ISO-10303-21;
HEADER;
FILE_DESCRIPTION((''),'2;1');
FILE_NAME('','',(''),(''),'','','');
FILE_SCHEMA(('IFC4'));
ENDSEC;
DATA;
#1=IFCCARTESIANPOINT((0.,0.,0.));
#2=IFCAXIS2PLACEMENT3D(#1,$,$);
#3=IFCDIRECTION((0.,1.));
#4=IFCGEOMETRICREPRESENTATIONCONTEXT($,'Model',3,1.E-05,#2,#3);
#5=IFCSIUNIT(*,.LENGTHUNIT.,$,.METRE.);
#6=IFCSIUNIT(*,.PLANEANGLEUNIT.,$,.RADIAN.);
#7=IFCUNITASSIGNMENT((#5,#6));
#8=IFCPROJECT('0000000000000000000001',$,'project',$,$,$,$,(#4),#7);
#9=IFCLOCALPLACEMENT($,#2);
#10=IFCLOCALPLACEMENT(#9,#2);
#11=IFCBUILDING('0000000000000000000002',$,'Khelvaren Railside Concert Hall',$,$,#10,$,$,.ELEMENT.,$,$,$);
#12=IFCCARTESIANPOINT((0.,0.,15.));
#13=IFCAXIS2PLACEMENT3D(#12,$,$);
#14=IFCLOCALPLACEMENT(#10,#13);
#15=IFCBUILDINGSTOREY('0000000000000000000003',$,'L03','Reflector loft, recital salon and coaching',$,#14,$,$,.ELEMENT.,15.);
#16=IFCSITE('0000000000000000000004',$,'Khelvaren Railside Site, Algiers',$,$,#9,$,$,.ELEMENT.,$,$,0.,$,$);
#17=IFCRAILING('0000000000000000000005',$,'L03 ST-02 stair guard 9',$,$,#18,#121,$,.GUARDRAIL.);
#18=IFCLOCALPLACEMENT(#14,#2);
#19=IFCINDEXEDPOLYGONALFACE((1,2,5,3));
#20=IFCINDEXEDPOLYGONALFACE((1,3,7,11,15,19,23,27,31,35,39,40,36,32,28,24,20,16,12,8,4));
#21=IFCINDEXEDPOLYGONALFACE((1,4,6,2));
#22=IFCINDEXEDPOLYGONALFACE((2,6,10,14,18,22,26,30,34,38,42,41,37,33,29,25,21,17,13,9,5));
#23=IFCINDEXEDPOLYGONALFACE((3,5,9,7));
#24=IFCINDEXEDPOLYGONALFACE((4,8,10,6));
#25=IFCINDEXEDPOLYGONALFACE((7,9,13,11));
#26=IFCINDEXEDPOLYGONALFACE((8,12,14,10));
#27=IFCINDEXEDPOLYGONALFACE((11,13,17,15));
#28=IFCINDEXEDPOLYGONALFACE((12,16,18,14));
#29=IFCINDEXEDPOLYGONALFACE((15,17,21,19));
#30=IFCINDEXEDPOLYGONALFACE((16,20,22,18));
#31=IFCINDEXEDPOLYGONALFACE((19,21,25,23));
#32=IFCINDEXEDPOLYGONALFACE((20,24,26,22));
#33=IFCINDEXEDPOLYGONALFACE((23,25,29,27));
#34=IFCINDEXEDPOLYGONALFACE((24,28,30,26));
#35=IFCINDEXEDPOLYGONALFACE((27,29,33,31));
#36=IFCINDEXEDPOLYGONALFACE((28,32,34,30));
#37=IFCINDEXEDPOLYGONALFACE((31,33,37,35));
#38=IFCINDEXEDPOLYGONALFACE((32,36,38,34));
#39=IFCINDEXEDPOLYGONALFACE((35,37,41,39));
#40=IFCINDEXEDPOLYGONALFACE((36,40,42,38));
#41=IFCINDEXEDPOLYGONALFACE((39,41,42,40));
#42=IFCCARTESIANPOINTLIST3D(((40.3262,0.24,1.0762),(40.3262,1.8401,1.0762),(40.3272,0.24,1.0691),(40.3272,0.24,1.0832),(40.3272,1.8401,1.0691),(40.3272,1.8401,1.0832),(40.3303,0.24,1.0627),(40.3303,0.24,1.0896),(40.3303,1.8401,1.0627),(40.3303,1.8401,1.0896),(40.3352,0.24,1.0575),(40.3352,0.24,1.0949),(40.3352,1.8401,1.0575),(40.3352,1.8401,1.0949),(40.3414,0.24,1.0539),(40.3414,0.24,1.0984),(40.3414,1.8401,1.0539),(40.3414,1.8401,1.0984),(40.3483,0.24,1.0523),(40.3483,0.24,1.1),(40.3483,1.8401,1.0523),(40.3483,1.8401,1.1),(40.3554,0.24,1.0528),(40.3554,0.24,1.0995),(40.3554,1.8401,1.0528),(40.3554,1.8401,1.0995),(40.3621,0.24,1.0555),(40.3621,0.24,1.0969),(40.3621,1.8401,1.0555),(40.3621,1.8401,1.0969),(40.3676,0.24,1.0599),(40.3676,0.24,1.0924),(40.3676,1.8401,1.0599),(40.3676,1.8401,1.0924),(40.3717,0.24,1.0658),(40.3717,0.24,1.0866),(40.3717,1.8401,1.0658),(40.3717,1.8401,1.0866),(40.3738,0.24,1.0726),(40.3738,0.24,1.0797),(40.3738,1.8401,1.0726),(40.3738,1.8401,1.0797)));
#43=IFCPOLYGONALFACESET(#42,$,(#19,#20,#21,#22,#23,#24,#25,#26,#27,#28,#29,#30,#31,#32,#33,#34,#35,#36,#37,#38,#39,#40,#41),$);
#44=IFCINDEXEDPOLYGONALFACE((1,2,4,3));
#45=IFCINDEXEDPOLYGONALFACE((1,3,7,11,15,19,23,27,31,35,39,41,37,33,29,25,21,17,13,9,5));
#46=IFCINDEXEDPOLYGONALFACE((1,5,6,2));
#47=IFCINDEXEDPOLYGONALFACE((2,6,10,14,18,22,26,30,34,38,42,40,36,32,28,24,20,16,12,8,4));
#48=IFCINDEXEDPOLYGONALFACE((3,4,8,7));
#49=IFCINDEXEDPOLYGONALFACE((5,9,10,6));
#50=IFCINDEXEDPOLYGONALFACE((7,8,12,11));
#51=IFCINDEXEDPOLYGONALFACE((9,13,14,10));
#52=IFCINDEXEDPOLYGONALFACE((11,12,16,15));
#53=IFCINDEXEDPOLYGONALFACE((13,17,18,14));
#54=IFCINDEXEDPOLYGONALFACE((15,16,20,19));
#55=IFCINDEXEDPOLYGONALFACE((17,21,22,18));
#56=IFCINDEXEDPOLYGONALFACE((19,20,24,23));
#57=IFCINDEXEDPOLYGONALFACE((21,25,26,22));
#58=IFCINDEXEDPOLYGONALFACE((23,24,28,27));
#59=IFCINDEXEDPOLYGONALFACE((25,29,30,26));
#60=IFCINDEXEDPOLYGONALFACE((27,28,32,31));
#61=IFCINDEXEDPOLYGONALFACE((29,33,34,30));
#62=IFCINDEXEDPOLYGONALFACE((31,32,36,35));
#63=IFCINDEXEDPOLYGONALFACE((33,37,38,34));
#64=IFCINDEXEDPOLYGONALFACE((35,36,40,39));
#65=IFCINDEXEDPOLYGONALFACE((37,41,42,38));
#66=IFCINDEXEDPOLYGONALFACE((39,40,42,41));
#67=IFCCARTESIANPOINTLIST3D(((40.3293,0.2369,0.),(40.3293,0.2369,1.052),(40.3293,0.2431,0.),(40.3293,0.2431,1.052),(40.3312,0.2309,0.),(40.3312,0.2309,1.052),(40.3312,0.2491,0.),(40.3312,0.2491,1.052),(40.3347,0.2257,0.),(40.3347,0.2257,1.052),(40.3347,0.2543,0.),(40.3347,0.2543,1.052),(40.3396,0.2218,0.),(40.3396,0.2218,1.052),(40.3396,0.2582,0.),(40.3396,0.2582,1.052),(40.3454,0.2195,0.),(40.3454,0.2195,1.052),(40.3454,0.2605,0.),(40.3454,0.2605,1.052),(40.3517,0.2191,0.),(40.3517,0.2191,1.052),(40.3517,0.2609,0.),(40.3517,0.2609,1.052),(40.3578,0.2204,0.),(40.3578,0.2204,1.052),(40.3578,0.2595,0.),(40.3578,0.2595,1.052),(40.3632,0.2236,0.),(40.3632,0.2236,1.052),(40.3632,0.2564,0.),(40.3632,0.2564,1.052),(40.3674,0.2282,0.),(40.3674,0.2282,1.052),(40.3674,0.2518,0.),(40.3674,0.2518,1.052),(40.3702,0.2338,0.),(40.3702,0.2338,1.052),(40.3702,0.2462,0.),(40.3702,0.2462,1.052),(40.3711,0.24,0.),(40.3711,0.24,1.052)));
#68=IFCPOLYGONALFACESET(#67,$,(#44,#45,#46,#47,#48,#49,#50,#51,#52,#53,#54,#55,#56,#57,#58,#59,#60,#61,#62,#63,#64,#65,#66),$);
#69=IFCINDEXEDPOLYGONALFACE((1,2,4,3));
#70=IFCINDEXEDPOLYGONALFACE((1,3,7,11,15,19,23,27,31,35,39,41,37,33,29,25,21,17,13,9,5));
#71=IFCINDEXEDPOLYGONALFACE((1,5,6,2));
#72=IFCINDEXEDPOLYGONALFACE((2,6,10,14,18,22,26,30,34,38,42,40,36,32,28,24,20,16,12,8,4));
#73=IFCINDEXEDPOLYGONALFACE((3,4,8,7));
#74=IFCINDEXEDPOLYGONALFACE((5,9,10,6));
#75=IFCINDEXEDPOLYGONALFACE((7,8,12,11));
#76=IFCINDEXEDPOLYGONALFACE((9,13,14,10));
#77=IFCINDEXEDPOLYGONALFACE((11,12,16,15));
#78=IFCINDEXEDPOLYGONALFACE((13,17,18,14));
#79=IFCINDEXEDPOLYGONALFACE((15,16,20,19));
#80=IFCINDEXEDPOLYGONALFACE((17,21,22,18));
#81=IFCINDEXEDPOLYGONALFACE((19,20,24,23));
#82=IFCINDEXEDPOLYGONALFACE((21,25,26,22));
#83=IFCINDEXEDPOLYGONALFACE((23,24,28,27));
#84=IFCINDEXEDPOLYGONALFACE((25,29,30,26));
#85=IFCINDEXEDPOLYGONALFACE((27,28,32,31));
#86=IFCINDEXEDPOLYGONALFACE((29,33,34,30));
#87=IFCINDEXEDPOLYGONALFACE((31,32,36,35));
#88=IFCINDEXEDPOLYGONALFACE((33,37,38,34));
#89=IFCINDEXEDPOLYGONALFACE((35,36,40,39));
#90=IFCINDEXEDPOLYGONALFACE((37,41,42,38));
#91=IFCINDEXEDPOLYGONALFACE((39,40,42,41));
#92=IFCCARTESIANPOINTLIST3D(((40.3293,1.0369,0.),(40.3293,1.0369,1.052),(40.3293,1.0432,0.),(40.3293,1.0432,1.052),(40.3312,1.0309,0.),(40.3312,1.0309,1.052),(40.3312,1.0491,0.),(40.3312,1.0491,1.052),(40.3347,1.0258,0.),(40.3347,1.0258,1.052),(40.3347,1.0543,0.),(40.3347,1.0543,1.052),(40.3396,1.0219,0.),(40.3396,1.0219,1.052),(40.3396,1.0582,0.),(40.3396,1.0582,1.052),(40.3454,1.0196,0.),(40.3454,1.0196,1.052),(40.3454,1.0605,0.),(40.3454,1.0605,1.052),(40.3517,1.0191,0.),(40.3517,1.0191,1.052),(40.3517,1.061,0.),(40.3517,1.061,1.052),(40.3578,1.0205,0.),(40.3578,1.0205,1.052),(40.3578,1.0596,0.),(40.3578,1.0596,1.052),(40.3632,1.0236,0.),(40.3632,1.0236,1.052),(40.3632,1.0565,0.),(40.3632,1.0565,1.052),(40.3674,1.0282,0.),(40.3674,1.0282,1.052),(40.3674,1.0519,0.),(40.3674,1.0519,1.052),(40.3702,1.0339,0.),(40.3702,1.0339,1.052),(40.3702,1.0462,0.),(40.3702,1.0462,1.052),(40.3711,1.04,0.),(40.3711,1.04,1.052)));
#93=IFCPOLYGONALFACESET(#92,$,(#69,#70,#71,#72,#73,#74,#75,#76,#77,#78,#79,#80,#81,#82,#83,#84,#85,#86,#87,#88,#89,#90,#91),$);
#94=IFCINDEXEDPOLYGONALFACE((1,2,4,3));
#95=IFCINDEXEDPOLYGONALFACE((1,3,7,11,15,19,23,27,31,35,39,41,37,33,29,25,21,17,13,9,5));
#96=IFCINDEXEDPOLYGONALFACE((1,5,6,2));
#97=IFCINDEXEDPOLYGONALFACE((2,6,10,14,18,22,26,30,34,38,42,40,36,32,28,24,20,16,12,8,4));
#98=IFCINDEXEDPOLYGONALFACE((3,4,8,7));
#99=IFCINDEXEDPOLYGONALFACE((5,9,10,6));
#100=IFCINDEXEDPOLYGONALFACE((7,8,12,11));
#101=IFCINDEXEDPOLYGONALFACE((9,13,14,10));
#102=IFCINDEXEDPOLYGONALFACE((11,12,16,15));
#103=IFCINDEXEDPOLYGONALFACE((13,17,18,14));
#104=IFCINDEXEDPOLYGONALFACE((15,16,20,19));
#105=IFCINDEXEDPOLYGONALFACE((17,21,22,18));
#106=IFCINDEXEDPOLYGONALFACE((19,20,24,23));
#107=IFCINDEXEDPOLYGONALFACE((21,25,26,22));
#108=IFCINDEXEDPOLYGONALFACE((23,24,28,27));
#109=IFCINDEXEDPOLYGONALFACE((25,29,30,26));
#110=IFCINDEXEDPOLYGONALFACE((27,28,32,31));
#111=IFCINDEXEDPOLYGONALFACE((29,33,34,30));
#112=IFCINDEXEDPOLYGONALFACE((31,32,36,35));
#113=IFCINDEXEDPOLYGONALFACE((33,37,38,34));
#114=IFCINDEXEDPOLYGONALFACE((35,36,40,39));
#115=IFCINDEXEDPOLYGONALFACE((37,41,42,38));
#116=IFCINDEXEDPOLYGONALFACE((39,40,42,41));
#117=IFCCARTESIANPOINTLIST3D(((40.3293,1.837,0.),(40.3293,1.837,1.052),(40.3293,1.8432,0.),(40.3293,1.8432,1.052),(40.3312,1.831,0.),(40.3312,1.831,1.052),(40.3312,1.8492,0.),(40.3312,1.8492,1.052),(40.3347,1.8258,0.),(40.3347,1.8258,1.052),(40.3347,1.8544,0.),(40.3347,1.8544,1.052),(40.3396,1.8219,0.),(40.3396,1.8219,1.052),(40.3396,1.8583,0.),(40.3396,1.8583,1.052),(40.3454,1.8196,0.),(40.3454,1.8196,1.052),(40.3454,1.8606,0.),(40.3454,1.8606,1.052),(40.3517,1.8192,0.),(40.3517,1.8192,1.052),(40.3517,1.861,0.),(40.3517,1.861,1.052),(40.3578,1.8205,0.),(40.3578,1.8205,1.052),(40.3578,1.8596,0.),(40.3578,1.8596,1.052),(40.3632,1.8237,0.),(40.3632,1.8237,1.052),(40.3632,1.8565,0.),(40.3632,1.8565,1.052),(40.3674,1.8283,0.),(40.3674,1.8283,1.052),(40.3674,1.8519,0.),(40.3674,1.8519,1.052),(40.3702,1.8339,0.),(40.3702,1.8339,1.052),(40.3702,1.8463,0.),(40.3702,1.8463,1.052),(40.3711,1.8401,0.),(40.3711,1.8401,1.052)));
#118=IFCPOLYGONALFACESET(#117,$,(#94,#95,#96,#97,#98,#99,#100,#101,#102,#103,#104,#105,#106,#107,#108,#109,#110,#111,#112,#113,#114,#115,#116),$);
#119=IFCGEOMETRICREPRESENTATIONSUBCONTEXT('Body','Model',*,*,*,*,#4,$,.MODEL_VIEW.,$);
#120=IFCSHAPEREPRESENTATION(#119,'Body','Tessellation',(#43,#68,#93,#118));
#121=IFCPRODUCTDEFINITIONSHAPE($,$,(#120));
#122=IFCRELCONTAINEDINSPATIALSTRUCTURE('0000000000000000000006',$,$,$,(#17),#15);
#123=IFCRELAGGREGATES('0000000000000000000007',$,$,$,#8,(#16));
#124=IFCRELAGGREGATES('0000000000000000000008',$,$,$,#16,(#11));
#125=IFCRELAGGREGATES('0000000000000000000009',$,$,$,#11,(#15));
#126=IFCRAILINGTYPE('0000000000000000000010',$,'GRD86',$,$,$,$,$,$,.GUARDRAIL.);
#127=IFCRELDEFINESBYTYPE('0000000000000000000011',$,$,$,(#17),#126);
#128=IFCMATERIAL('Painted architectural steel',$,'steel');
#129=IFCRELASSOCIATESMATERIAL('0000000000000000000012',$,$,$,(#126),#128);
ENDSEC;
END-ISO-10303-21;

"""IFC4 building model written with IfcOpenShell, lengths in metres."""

from ifc_helpers import new_model, si_unit, direction, frame, origin, origin_2d, place, context, subcontext, project, spatial, circle, extrude, material, type_object, element, save


model = new_model("IFC4")

# Units and contexts
model_context = context("Model", 3, precision=1e-05, world=origin(), true_north=direction((0.0, 1.0)))
body_context = subcontext(model_context, "Body", "Model", "MODEL_VIEW")
ifc_project = project(units=[si_unit("LENGTHUNIT", "METRE"), si_unit("PLANEANGLEUNIT", "RADIAN")], contexts=[model_context])

# Site, building, storey
site_placement = place(None, origin())
site = spatial("IfcSite", under=ifc_project, at=site_placement, Name="Khelvaren Railside Site, Algiers", CompositionType="ELEMENT", RefElevation=0.0)
building_placement = place(site_placement, origin())
building = spatial("IfcBuilding", under=site, at=building_placement, Name="Khelvaren Railside Concert Hall", CompositionType="ELEMENT")
storey_placement = place(building_placement, frame((0.0, 0.0, 15.0)))
storey = spatial("IfcBuildingStorey", under=building, at=storey_placement, Name="L03", Description="Reflector loft, recital salon and coaching", CompositionType="ELEMENT", Elevation=15.0)

# Railing
ifc_material_1 = material(Name="Painted architectural steel", Category="steel")
railing_type_1 = type_object("IfcRailingType", Name="GRD86", PredefinedType="GUARDRAIL", material=ifc_material_1)
for number, where, name in (
    (1, (40.3501, 0.24, 0.0), "L03 ST-02 stair guard 9"),
):
    element("IfcRailing", number, at=place(storey_placement, frame(where)), inside=storey, type_object=railing_type_1, Name=name, PredefinedType="GUARDRAIL", context=body_context, shape_type="SweptSolid", body=[
        extrude(circle(Radius=0.0239, at=origin_2d()), frame((0.0, 0.0, 1.0762), z_axis=(0.0, 1.0, 0.0), x_axis=(-1.0, 0.0, 0.0)), (0.0, 0.0, 1.0), 1.6001),
        extrude(circle(Radius=0.021, at=origin_2d()), origin(), (0.0, 0.0, 1.0), 1.052),
        extrude(circle(Radius=0.021, at=origin_2d()), frame((0.0, 0.8, 0.0)), (0.0, 0.0, 1.0), 1.052),
        extrude(circle(Radius=0.021, at=origin_2d()), frame((0.0, 1.6001, 0.0)), (0.0, 0.0, 1.0), 1.052),
    ])

save(model, "model.ifc")
